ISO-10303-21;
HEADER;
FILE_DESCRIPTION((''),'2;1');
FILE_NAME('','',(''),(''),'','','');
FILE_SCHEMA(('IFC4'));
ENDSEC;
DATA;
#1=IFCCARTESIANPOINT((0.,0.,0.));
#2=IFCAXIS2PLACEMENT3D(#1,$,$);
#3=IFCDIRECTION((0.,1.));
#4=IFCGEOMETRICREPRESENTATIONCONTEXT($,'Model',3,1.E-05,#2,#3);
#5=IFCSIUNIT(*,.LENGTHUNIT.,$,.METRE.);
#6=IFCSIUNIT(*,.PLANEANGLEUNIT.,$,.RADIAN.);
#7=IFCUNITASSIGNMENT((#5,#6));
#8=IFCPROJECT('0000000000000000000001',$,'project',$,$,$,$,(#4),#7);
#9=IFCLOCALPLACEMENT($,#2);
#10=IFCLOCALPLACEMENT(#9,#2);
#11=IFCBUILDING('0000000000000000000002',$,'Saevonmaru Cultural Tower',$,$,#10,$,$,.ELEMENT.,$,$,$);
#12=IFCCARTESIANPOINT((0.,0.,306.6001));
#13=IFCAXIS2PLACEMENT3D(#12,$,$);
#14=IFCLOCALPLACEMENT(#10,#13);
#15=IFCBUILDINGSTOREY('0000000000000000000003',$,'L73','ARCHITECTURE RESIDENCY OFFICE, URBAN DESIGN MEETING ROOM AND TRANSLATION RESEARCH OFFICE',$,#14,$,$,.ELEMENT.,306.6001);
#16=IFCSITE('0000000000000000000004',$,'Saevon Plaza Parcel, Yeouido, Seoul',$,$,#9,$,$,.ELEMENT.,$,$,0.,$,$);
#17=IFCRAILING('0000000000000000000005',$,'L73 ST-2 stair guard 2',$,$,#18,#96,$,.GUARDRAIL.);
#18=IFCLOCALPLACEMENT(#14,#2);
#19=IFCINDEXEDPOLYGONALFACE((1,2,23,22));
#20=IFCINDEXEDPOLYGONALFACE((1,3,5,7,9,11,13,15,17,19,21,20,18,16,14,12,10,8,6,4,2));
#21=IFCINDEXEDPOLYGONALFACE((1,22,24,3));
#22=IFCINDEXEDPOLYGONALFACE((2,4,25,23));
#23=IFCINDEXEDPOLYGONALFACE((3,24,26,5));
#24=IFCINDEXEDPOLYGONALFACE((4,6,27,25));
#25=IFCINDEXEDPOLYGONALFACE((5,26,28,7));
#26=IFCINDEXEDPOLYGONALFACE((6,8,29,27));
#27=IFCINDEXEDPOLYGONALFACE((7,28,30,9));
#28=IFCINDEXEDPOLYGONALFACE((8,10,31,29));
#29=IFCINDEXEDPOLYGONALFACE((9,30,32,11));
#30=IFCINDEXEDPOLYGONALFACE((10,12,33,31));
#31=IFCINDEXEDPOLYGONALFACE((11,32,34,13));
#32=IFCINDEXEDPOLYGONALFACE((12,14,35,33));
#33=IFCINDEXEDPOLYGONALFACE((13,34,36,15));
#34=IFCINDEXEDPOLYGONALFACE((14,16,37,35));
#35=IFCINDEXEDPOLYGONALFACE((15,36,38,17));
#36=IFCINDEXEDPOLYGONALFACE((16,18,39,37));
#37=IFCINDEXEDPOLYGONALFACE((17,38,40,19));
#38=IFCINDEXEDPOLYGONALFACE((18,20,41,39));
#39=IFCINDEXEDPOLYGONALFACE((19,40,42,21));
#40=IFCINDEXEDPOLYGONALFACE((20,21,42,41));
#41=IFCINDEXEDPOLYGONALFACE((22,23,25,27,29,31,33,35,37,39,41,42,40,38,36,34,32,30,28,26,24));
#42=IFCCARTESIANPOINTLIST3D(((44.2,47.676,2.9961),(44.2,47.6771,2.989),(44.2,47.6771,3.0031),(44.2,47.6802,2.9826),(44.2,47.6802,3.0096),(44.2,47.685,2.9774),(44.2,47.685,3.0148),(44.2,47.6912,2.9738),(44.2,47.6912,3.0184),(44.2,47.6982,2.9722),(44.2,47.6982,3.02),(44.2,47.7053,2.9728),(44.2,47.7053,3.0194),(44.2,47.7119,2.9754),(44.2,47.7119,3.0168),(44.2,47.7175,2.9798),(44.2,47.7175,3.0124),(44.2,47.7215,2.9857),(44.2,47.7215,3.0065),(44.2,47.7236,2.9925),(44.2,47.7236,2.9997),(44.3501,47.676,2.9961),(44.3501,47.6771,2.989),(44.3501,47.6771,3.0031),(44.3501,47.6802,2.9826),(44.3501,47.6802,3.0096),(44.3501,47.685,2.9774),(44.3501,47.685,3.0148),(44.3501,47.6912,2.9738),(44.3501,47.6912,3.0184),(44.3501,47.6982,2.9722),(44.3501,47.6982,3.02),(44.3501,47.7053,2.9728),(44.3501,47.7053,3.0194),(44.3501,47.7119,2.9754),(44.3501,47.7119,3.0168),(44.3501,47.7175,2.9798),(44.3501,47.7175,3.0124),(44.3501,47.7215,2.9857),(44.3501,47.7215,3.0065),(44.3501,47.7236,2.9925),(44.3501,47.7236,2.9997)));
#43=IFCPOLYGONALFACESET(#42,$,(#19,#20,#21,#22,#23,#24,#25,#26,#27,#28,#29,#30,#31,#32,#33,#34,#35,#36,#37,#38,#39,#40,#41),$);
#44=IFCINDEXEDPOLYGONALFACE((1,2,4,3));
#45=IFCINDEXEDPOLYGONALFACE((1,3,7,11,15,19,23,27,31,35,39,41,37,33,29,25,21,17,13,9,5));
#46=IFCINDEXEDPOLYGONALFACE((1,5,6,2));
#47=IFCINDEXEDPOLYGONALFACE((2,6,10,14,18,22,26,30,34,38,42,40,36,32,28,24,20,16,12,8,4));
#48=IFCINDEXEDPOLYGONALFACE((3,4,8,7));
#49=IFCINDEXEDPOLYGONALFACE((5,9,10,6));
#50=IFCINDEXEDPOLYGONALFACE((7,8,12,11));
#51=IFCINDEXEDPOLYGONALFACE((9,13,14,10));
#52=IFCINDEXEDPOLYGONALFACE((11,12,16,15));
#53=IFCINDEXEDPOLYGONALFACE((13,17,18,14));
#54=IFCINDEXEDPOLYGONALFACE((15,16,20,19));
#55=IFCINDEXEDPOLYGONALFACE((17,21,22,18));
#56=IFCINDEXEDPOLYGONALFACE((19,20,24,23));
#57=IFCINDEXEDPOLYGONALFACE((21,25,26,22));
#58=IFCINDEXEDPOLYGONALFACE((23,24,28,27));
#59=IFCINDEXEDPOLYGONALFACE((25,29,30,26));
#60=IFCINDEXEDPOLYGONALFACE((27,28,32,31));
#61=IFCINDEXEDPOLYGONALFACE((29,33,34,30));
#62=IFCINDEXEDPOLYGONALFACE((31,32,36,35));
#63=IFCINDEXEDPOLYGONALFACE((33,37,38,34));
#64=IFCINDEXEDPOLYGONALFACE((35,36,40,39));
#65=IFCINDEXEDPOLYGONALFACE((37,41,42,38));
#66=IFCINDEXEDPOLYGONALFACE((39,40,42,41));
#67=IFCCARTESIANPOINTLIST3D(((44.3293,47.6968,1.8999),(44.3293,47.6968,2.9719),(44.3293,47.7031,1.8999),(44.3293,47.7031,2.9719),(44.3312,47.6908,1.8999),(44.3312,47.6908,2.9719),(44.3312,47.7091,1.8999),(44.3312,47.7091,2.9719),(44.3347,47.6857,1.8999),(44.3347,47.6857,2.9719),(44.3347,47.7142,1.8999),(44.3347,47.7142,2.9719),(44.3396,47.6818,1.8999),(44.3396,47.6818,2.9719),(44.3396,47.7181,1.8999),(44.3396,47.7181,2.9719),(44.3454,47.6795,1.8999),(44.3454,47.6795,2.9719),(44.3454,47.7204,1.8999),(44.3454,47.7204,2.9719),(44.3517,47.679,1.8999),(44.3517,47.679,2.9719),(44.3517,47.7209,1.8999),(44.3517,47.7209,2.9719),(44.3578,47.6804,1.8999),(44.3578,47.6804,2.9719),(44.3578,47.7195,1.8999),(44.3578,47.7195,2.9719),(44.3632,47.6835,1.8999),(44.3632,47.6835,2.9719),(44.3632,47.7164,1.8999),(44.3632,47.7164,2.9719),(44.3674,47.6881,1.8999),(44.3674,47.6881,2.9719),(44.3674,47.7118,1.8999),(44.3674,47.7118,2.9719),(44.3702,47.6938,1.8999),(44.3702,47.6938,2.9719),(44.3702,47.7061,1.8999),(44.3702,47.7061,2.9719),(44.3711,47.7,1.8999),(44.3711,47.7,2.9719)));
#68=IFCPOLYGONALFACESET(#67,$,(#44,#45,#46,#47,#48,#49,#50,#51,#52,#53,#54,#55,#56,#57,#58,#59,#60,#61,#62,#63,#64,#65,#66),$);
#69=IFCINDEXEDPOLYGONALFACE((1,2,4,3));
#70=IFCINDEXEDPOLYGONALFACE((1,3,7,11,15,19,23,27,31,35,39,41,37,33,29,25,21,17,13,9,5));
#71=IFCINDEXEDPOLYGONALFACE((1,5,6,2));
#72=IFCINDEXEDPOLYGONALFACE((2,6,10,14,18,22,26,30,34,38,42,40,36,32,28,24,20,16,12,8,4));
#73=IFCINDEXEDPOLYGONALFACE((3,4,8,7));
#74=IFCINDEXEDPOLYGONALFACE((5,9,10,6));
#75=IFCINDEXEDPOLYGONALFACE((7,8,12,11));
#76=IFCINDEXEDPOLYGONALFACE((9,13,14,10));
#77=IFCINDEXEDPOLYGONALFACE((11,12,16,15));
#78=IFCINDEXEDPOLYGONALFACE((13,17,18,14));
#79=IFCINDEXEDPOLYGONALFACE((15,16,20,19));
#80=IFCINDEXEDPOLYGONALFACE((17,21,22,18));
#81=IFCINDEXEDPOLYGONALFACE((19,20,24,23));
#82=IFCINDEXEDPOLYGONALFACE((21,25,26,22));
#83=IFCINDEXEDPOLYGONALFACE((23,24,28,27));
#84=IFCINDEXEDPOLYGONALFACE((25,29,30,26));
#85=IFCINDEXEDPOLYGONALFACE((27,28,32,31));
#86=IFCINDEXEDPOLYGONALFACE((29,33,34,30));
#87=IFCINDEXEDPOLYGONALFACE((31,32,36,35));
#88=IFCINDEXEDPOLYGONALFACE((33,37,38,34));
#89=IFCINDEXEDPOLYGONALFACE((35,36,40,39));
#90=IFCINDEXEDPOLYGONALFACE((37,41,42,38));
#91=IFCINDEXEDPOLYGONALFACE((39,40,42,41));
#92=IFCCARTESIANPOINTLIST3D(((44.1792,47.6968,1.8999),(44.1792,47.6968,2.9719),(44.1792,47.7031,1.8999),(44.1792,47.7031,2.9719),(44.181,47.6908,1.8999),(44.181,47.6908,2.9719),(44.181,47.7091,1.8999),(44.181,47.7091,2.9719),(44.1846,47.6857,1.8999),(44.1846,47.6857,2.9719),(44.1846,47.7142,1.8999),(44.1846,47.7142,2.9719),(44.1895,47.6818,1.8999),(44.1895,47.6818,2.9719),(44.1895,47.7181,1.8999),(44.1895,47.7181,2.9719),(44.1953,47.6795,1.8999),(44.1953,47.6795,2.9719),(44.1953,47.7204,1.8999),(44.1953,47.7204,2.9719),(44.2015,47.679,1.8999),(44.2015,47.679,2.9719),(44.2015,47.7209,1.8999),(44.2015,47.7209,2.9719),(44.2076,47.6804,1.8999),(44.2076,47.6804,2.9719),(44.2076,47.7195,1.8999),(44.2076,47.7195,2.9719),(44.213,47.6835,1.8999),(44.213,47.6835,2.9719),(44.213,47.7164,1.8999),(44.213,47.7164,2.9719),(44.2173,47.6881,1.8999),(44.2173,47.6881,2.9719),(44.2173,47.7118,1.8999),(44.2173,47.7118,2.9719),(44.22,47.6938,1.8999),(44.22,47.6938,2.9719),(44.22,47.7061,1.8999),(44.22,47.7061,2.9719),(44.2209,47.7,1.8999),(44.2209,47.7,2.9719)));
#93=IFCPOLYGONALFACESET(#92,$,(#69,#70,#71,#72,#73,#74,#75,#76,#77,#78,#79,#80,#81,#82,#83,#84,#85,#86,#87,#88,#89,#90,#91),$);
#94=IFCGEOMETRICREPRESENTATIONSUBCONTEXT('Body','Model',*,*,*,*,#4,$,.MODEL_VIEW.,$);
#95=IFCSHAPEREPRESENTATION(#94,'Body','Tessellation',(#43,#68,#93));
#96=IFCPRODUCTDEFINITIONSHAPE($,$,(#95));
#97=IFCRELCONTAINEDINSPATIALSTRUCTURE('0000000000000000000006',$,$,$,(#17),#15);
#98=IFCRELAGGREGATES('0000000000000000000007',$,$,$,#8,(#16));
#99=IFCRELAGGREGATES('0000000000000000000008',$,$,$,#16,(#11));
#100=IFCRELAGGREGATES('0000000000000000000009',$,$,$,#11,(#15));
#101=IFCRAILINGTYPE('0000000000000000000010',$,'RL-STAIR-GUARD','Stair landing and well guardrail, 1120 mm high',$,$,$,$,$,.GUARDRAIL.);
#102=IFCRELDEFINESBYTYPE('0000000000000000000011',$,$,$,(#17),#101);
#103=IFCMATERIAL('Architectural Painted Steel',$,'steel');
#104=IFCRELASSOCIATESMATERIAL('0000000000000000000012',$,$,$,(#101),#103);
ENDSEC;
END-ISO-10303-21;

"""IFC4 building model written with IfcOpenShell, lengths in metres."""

from ifc_helpers import new_model, si_unit, direction, frame, origin, origin_2d, place, context, subcontext, project, spatial, circle, extrude, material, type_object, element, save


model = new_model("IFC4")

# Units and contexts
model_context = context("Model", 3, precision=1e-05, world=origin(), true_north=direction((0.0, 1.0)))
body_context = subcontext(model_context, "Body", "Model", "MODEL_VIEW")
ifc_project = project(units=[si_unit("LENGTHUNIT", "METRE"), si_unit("PLANEANGLEUNIT", "RADIAN")], contexts=[model_context])

# Site, building, storey
site_placement = place(None, origin())
site = spatial("IfcSite", under=ifc_project, at=site_placement, Name="Saevon Plaza Parcel, Yeouido, Seoul", CompositionType="ELEMENT", RefElevation=0.0)
building_placement = place(site_placement, origin())
building = spatial("IfcBuilding", under=site, at=building_placement, Name="Saevonmaru Cultural Tower", CompositionType="ELEMENT")
storey_placement = place(building_placement, frame((0.0, 0.0, 306.6001)))
storey = spatial("IfcBuildingStorey", under=building, at=storey_placement, Name="L73", Description="ARCHITECTURE RESIDENCY OFFICE, URBAN DESIGN MEETING ROOM AND TRANSLATION RESEARCH OFFICE", CompositionType="ELEMENT", Elevation=306.6001)

# Railing
ifc_material_1 = material(Name="Architectural Painted Steel", Category="steel")
railing_type_1 = type_object("IfcRailingType", Name="RL-STAIR-GUARD", Description="Stair landing and well guardrail, 1120 mm high", PredefinedType="GUARDRAIL", material=ifc_material_1)
railing_1_placement = place(storey_placement, frame((44.3501, 47.7, 1.8999)))
element("IfcRailing", 1, at=railing_1_placement, inside=storey, type_object=railing_type_1, Name="L73 ST-2 stair guard 2", PredefinedType="GUARDRAIL", context=body_context, shape_type="SweptSolid", body=[
    extrude(circle(Radius=0.0239, at=origin_2d()), frame((0.0, 0.0, 1.0962), z_axis=(-1.0, 0.0, 0.0), x_axis=(0.0, -1.0, 0.0)), (0.0, 0.0, 1.0), 0.1501),
    extrude(circle(Radius=0.021, at=origin_2d()), origin(), (0.0, 0.0, 1.0), 1.072),
    extrude(circle(Radius=0.021, at=origin_2d()), frame((-0.1501, 0.0, 0.0)), (0.0, 0.0, 1.0), 1.072),
])

save(model, "model.ifc")
